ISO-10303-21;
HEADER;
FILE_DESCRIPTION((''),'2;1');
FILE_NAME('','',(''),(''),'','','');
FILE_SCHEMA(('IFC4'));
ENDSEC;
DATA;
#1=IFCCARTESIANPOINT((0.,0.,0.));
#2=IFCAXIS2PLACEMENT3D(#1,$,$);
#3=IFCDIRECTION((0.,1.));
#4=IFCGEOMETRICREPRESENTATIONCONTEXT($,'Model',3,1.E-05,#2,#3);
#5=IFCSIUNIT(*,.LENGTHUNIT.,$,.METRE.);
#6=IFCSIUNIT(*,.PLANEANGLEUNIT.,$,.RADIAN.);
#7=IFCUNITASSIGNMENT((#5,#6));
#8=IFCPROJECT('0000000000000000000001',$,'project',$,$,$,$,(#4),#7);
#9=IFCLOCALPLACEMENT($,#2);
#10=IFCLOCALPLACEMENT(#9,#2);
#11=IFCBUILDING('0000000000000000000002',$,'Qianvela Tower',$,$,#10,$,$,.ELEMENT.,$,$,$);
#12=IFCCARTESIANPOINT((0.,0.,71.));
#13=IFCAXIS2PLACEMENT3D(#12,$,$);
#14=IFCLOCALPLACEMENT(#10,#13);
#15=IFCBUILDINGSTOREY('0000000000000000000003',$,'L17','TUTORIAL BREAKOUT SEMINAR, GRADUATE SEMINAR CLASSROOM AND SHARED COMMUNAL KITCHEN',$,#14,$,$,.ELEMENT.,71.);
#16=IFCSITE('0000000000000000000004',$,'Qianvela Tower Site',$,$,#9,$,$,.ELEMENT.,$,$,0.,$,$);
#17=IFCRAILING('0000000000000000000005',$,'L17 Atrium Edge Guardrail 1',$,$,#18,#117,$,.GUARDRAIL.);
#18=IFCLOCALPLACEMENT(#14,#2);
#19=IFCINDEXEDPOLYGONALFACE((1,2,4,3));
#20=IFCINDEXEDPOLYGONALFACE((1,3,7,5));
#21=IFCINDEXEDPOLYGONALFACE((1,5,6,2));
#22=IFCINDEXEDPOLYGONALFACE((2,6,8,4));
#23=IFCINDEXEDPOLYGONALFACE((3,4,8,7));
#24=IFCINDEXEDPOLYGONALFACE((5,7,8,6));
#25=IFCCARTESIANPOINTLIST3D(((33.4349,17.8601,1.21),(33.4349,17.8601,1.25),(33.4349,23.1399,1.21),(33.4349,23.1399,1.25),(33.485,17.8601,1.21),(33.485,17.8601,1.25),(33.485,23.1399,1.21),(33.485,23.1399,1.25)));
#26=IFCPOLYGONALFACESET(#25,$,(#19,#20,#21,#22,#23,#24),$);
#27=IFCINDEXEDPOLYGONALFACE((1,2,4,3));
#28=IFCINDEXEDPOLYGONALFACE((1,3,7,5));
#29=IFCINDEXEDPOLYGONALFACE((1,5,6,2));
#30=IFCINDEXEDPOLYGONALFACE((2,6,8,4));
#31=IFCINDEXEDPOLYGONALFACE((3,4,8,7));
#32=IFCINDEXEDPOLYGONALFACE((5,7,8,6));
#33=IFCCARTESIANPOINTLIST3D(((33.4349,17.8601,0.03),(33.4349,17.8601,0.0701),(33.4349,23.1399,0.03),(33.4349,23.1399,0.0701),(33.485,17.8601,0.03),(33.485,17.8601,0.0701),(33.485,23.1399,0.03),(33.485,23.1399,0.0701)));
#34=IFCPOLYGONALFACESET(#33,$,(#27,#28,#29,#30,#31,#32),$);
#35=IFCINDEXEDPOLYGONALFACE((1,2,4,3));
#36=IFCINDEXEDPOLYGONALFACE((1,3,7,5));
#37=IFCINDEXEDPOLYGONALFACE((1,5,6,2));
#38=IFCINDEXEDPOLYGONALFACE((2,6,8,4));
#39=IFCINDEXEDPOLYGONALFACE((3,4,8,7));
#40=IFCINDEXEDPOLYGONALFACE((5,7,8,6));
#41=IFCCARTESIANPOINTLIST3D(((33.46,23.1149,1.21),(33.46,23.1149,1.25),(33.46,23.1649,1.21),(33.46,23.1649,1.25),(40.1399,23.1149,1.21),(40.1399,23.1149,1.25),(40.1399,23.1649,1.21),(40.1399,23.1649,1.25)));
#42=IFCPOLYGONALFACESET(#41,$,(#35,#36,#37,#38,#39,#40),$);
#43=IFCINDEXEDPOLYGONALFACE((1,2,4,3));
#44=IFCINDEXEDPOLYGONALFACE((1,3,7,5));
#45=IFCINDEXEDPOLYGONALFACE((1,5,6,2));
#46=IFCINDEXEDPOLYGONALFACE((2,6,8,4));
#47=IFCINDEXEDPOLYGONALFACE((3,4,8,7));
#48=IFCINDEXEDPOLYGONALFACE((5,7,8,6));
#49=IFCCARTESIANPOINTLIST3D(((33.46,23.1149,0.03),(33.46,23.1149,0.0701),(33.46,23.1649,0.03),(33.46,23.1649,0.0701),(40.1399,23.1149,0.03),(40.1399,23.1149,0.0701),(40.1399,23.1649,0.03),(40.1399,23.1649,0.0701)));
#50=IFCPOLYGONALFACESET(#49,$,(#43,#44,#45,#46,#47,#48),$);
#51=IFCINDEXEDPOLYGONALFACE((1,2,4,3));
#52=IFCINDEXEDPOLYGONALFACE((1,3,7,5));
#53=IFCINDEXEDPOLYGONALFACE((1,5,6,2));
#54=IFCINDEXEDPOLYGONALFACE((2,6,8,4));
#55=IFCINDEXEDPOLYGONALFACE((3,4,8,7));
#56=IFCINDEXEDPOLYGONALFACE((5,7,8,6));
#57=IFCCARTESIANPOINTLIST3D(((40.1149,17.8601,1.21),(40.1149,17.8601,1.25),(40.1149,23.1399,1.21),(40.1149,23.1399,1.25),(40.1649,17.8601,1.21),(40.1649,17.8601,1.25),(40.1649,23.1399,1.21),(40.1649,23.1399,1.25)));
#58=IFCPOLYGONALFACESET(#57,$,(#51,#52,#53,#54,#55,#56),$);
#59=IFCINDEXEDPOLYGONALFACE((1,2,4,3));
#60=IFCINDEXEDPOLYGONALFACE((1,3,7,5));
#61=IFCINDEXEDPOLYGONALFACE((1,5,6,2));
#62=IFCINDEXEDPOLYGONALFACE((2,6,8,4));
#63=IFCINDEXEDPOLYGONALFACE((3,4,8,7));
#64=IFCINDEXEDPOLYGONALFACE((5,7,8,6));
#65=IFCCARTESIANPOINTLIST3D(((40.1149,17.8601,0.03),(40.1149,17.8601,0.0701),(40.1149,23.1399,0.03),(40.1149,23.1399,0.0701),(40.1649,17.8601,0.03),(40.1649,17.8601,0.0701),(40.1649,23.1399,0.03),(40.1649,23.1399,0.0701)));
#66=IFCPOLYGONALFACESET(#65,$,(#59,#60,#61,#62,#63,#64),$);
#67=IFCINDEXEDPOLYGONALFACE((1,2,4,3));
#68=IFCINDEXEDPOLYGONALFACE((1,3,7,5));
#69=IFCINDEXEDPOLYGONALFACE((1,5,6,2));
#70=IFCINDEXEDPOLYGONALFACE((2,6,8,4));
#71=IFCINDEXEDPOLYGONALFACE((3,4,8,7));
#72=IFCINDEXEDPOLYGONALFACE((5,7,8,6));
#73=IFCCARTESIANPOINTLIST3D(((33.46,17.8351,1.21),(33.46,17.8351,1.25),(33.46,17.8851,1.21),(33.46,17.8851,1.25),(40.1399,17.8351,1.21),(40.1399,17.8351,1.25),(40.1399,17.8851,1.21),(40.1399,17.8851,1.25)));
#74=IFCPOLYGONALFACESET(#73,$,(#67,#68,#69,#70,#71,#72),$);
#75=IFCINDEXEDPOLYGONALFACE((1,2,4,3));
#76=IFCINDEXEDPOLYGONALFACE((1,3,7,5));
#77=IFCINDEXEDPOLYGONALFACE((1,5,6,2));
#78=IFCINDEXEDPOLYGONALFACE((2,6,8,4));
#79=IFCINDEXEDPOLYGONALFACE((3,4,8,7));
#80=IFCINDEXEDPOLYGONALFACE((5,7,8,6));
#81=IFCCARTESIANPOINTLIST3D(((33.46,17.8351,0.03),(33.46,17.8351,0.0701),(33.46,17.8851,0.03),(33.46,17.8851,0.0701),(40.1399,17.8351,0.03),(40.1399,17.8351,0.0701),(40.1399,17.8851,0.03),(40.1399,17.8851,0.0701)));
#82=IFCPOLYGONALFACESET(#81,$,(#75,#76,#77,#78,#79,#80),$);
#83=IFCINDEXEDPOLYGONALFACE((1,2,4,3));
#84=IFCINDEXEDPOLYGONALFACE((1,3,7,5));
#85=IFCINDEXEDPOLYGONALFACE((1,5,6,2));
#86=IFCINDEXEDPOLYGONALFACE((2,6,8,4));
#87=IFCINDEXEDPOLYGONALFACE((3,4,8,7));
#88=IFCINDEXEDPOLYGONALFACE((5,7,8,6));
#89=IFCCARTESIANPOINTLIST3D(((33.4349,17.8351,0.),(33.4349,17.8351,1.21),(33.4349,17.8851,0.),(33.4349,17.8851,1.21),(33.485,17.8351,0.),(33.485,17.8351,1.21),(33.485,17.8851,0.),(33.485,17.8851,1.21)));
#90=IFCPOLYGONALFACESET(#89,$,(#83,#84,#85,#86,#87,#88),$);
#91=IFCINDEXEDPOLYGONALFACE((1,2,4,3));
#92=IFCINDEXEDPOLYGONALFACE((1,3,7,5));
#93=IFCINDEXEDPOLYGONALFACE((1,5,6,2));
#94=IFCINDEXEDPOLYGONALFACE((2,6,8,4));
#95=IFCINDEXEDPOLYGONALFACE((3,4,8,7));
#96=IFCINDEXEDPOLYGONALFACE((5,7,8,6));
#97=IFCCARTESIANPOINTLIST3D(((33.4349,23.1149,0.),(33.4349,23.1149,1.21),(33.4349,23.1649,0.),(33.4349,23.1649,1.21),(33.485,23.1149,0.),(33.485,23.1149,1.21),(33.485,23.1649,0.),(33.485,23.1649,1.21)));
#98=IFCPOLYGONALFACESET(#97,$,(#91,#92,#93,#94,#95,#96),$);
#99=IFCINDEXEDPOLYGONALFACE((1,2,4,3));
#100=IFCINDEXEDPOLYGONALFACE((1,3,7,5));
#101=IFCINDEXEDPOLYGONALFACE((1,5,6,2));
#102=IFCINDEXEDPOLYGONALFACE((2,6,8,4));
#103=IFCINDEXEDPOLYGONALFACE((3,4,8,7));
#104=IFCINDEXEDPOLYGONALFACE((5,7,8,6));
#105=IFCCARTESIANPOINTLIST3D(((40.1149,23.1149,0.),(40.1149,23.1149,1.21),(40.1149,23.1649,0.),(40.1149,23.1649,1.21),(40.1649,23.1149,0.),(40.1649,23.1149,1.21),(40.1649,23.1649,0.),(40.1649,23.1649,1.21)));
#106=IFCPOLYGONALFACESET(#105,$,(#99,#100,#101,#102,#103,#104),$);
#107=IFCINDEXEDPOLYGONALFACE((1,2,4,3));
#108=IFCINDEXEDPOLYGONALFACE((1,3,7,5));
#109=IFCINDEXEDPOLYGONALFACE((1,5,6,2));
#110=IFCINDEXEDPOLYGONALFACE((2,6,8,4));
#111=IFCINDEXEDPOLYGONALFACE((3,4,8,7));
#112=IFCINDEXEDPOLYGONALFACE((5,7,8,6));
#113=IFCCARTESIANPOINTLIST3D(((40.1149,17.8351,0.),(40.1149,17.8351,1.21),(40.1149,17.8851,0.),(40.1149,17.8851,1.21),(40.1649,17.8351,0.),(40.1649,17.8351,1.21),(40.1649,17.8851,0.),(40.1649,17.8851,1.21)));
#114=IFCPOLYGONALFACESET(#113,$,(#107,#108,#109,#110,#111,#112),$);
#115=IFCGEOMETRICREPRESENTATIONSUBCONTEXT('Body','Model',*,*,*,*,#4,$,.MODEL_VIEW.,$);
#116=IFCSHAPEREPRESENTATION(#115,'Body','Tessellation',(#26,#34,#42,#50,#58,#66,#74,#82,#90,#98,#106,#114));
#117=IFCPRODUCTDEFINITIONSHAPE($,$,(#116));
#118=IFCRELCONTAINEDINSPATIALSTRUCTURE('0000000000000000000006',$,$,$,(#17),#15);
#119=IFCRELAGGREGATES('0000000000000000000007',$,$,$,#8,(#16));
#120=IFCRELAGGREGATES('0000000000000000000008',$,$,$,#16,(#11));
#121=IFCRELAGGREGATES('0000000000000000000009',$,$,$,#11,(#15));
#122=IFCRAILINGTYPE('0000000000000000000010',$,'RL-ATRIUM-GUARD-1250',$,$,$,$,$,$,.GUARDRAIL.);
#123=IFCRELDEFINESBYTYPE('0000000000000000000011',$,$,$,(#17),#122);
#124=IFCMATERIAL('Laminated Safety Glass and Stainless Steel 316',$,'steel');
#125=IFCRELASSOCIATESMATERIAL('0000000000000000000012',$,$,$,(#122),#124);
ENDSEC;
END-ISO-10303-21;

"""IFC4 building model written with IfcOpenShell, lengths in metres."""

from ifc_helpers import new_model, si_unit, direction, frame, origin, origin_2d, place, context, subcontext, project, spatial, rectangle, extrude, material, type_object, element, save


model = new_model("IFC4")

# Units and contexts
model_context = context("Model", 3, precision=1e-05, world=origin(), true_north=direction((0.0, 1.0)))
body_context = subcontext(model_context, "Body", "Model", "MODEL_VIEW")
ifc_project = project(units=[si_unit("LENGTHUNIT", "METRE"), si_unit("PLANEANGLEUNIT", "RADIAN")], contexts=[model_context])

# Site, building, storey
site_placement = place(None, origin())
site = spatial("IfcSite", under=ifc_project, at=site_placement, Name="Qianvela Tower Site", CompositionType="ELEMENT", RefElevation=0.0)
building_placement = place(site_placement, origin())
building = spatial("IfcBuilding", under=site, at=building_placement, Name="Qianvela Tower", CompositionType="ELEMENT")
storey_placement = place(building_placement, frame((0.0, 0.0, 71.0)))
storey = spatial("IfcBuildingStorey", under=building, at=storey_placement, Name="L17", Description="TUTORIAL BREAKOUT SEMINAR, GRADUATE SEMINAR CLASSROOM AND SHARED COMMUNAL KITCHEN", CompositionType="ELEMENT", Elevation=71.0)

# Railing
ifc_material_1 = material(Name="Laminated Safety Glass and Stainless Steel 316", Category="steel")
railing_type = type_object("IfcRailingType", Name="RL-ATRIUM-GUARD-1250", PredefinedType="GUARDRAIL", material=ifc_material_1)
railing_placement = place(storey_placement, frame((33.46, 17.8601, 0.0)))
element("IfcRailing", 1, at=railing_placement, inside=storey, type_object=railing_type, Name="L17 Atrium Edge Guardrail 1", PredefinedType="GUARDRAIL", context=body_context, shape_type="SweptSolid", body=[
    extrude(rectangle(XDim=0.05, YDim=0.04, at=origin_2d()), frame((0.0, 0.0, 1.23), z_axis=(0.0, 1.0, 0.0), x_axis=(-1.0, 0.0, 0.0)), (0.0, 0.0, 1.0), 5.2798),
    extrude(rectangle(XDim=0.05, YDim=0.04, at=origin_2d()), frame((0.0, 0.0, 0.05), z_axis=(0.0, 1.0, 0.0), x_axis=(-1.0, 0.0, 0.0)), (0.0, 0.0, 1.0), 5.2798),
    extrude(rectangle(XDim=0.05, YDim=0.04, at=origin_2d()), frame((0.0, 5.2798, 1.23), z_axis=(1.0, 0.0, 0.0), x_axis=(0.0, 1.0, 0.0)), (0.0, 0.0, 1.0), 6.6799),
    extrude(rectangle(XDim=0.05, YDim=0.04, at=origin_2d()), frame((0.0, 5.2798, 0.05), z_axis=(1.0, 0.0, 0.0), x_axis=(0.0, 1.0, 0.0)), (0.0, 0.0, 1.0), 6.6799),
    extrude(rectangle(XDim=0.05, YDim=0.04, at=origin_2d()), frame((6.6799, 5.2798, 1.23), z_axis=(0.0, -1.0, 0.0), x_axis=(1.0, 0.0, 0.0)), (0.0, 0.0, 1.0), 5.2798),
    extrude(rectangle(XDim=0.05, YDim=0.04, at=origin_2d()), frame((6.6799, 5.2798, 0.05), z_axis=(0.0, -1.0, 0.0), x_axis=(1.0, 0.0, 0.0)), (0.0, 0.0, 1.0), 5.2798),
    extrude(rectangle(XDim=0.05, YDim=0.04, at=origin_2d()), frame((6.6799, 0.0, 1.23), z_axis=(-1.0, 0.0, 0.0), x_axis=(0.0, -1.0, 0.0)), (0.0, 0.0, 1.0), 6.6799),
    extrude(rectangle(XDim=0.05, YDim=0.04, at=origin_2d()), frame((6.6799, 0.0, 0.05), z_axis=(-1.0, 0.0, 0.0), x_axis=(0.0, -1.0, 0.0)), (0.0, 0.0, 1.0), 6.6799),
    extrude(rectangle(XDim=0.05, YDim=0.05, at=origin_2d()), origin(), (0.0, 0.0, 1.0), 1.21),
    extrude(rectangle(XDim=0.05, YDim=0.05, at=origin_2d()), frame((0.0, 5.2798, 0.0)), (0.0, 0.0, 1.0), 1.21),
    extrude(rectangle(XDim=0.05, YDim=0.05, at=origin_2d()), frame((6.6799, 5.2798, 0.0)), (0.0, 0.0, 1.0), 1.21),
    extrude(rectangle(XDim=0.05, YDim=0.05, at=origin_2d()), frame((6.6799, 0.0, 0.0)), (0.0, 0.0, 1.0), 1.21),
])

save(model, "model.ifc")
